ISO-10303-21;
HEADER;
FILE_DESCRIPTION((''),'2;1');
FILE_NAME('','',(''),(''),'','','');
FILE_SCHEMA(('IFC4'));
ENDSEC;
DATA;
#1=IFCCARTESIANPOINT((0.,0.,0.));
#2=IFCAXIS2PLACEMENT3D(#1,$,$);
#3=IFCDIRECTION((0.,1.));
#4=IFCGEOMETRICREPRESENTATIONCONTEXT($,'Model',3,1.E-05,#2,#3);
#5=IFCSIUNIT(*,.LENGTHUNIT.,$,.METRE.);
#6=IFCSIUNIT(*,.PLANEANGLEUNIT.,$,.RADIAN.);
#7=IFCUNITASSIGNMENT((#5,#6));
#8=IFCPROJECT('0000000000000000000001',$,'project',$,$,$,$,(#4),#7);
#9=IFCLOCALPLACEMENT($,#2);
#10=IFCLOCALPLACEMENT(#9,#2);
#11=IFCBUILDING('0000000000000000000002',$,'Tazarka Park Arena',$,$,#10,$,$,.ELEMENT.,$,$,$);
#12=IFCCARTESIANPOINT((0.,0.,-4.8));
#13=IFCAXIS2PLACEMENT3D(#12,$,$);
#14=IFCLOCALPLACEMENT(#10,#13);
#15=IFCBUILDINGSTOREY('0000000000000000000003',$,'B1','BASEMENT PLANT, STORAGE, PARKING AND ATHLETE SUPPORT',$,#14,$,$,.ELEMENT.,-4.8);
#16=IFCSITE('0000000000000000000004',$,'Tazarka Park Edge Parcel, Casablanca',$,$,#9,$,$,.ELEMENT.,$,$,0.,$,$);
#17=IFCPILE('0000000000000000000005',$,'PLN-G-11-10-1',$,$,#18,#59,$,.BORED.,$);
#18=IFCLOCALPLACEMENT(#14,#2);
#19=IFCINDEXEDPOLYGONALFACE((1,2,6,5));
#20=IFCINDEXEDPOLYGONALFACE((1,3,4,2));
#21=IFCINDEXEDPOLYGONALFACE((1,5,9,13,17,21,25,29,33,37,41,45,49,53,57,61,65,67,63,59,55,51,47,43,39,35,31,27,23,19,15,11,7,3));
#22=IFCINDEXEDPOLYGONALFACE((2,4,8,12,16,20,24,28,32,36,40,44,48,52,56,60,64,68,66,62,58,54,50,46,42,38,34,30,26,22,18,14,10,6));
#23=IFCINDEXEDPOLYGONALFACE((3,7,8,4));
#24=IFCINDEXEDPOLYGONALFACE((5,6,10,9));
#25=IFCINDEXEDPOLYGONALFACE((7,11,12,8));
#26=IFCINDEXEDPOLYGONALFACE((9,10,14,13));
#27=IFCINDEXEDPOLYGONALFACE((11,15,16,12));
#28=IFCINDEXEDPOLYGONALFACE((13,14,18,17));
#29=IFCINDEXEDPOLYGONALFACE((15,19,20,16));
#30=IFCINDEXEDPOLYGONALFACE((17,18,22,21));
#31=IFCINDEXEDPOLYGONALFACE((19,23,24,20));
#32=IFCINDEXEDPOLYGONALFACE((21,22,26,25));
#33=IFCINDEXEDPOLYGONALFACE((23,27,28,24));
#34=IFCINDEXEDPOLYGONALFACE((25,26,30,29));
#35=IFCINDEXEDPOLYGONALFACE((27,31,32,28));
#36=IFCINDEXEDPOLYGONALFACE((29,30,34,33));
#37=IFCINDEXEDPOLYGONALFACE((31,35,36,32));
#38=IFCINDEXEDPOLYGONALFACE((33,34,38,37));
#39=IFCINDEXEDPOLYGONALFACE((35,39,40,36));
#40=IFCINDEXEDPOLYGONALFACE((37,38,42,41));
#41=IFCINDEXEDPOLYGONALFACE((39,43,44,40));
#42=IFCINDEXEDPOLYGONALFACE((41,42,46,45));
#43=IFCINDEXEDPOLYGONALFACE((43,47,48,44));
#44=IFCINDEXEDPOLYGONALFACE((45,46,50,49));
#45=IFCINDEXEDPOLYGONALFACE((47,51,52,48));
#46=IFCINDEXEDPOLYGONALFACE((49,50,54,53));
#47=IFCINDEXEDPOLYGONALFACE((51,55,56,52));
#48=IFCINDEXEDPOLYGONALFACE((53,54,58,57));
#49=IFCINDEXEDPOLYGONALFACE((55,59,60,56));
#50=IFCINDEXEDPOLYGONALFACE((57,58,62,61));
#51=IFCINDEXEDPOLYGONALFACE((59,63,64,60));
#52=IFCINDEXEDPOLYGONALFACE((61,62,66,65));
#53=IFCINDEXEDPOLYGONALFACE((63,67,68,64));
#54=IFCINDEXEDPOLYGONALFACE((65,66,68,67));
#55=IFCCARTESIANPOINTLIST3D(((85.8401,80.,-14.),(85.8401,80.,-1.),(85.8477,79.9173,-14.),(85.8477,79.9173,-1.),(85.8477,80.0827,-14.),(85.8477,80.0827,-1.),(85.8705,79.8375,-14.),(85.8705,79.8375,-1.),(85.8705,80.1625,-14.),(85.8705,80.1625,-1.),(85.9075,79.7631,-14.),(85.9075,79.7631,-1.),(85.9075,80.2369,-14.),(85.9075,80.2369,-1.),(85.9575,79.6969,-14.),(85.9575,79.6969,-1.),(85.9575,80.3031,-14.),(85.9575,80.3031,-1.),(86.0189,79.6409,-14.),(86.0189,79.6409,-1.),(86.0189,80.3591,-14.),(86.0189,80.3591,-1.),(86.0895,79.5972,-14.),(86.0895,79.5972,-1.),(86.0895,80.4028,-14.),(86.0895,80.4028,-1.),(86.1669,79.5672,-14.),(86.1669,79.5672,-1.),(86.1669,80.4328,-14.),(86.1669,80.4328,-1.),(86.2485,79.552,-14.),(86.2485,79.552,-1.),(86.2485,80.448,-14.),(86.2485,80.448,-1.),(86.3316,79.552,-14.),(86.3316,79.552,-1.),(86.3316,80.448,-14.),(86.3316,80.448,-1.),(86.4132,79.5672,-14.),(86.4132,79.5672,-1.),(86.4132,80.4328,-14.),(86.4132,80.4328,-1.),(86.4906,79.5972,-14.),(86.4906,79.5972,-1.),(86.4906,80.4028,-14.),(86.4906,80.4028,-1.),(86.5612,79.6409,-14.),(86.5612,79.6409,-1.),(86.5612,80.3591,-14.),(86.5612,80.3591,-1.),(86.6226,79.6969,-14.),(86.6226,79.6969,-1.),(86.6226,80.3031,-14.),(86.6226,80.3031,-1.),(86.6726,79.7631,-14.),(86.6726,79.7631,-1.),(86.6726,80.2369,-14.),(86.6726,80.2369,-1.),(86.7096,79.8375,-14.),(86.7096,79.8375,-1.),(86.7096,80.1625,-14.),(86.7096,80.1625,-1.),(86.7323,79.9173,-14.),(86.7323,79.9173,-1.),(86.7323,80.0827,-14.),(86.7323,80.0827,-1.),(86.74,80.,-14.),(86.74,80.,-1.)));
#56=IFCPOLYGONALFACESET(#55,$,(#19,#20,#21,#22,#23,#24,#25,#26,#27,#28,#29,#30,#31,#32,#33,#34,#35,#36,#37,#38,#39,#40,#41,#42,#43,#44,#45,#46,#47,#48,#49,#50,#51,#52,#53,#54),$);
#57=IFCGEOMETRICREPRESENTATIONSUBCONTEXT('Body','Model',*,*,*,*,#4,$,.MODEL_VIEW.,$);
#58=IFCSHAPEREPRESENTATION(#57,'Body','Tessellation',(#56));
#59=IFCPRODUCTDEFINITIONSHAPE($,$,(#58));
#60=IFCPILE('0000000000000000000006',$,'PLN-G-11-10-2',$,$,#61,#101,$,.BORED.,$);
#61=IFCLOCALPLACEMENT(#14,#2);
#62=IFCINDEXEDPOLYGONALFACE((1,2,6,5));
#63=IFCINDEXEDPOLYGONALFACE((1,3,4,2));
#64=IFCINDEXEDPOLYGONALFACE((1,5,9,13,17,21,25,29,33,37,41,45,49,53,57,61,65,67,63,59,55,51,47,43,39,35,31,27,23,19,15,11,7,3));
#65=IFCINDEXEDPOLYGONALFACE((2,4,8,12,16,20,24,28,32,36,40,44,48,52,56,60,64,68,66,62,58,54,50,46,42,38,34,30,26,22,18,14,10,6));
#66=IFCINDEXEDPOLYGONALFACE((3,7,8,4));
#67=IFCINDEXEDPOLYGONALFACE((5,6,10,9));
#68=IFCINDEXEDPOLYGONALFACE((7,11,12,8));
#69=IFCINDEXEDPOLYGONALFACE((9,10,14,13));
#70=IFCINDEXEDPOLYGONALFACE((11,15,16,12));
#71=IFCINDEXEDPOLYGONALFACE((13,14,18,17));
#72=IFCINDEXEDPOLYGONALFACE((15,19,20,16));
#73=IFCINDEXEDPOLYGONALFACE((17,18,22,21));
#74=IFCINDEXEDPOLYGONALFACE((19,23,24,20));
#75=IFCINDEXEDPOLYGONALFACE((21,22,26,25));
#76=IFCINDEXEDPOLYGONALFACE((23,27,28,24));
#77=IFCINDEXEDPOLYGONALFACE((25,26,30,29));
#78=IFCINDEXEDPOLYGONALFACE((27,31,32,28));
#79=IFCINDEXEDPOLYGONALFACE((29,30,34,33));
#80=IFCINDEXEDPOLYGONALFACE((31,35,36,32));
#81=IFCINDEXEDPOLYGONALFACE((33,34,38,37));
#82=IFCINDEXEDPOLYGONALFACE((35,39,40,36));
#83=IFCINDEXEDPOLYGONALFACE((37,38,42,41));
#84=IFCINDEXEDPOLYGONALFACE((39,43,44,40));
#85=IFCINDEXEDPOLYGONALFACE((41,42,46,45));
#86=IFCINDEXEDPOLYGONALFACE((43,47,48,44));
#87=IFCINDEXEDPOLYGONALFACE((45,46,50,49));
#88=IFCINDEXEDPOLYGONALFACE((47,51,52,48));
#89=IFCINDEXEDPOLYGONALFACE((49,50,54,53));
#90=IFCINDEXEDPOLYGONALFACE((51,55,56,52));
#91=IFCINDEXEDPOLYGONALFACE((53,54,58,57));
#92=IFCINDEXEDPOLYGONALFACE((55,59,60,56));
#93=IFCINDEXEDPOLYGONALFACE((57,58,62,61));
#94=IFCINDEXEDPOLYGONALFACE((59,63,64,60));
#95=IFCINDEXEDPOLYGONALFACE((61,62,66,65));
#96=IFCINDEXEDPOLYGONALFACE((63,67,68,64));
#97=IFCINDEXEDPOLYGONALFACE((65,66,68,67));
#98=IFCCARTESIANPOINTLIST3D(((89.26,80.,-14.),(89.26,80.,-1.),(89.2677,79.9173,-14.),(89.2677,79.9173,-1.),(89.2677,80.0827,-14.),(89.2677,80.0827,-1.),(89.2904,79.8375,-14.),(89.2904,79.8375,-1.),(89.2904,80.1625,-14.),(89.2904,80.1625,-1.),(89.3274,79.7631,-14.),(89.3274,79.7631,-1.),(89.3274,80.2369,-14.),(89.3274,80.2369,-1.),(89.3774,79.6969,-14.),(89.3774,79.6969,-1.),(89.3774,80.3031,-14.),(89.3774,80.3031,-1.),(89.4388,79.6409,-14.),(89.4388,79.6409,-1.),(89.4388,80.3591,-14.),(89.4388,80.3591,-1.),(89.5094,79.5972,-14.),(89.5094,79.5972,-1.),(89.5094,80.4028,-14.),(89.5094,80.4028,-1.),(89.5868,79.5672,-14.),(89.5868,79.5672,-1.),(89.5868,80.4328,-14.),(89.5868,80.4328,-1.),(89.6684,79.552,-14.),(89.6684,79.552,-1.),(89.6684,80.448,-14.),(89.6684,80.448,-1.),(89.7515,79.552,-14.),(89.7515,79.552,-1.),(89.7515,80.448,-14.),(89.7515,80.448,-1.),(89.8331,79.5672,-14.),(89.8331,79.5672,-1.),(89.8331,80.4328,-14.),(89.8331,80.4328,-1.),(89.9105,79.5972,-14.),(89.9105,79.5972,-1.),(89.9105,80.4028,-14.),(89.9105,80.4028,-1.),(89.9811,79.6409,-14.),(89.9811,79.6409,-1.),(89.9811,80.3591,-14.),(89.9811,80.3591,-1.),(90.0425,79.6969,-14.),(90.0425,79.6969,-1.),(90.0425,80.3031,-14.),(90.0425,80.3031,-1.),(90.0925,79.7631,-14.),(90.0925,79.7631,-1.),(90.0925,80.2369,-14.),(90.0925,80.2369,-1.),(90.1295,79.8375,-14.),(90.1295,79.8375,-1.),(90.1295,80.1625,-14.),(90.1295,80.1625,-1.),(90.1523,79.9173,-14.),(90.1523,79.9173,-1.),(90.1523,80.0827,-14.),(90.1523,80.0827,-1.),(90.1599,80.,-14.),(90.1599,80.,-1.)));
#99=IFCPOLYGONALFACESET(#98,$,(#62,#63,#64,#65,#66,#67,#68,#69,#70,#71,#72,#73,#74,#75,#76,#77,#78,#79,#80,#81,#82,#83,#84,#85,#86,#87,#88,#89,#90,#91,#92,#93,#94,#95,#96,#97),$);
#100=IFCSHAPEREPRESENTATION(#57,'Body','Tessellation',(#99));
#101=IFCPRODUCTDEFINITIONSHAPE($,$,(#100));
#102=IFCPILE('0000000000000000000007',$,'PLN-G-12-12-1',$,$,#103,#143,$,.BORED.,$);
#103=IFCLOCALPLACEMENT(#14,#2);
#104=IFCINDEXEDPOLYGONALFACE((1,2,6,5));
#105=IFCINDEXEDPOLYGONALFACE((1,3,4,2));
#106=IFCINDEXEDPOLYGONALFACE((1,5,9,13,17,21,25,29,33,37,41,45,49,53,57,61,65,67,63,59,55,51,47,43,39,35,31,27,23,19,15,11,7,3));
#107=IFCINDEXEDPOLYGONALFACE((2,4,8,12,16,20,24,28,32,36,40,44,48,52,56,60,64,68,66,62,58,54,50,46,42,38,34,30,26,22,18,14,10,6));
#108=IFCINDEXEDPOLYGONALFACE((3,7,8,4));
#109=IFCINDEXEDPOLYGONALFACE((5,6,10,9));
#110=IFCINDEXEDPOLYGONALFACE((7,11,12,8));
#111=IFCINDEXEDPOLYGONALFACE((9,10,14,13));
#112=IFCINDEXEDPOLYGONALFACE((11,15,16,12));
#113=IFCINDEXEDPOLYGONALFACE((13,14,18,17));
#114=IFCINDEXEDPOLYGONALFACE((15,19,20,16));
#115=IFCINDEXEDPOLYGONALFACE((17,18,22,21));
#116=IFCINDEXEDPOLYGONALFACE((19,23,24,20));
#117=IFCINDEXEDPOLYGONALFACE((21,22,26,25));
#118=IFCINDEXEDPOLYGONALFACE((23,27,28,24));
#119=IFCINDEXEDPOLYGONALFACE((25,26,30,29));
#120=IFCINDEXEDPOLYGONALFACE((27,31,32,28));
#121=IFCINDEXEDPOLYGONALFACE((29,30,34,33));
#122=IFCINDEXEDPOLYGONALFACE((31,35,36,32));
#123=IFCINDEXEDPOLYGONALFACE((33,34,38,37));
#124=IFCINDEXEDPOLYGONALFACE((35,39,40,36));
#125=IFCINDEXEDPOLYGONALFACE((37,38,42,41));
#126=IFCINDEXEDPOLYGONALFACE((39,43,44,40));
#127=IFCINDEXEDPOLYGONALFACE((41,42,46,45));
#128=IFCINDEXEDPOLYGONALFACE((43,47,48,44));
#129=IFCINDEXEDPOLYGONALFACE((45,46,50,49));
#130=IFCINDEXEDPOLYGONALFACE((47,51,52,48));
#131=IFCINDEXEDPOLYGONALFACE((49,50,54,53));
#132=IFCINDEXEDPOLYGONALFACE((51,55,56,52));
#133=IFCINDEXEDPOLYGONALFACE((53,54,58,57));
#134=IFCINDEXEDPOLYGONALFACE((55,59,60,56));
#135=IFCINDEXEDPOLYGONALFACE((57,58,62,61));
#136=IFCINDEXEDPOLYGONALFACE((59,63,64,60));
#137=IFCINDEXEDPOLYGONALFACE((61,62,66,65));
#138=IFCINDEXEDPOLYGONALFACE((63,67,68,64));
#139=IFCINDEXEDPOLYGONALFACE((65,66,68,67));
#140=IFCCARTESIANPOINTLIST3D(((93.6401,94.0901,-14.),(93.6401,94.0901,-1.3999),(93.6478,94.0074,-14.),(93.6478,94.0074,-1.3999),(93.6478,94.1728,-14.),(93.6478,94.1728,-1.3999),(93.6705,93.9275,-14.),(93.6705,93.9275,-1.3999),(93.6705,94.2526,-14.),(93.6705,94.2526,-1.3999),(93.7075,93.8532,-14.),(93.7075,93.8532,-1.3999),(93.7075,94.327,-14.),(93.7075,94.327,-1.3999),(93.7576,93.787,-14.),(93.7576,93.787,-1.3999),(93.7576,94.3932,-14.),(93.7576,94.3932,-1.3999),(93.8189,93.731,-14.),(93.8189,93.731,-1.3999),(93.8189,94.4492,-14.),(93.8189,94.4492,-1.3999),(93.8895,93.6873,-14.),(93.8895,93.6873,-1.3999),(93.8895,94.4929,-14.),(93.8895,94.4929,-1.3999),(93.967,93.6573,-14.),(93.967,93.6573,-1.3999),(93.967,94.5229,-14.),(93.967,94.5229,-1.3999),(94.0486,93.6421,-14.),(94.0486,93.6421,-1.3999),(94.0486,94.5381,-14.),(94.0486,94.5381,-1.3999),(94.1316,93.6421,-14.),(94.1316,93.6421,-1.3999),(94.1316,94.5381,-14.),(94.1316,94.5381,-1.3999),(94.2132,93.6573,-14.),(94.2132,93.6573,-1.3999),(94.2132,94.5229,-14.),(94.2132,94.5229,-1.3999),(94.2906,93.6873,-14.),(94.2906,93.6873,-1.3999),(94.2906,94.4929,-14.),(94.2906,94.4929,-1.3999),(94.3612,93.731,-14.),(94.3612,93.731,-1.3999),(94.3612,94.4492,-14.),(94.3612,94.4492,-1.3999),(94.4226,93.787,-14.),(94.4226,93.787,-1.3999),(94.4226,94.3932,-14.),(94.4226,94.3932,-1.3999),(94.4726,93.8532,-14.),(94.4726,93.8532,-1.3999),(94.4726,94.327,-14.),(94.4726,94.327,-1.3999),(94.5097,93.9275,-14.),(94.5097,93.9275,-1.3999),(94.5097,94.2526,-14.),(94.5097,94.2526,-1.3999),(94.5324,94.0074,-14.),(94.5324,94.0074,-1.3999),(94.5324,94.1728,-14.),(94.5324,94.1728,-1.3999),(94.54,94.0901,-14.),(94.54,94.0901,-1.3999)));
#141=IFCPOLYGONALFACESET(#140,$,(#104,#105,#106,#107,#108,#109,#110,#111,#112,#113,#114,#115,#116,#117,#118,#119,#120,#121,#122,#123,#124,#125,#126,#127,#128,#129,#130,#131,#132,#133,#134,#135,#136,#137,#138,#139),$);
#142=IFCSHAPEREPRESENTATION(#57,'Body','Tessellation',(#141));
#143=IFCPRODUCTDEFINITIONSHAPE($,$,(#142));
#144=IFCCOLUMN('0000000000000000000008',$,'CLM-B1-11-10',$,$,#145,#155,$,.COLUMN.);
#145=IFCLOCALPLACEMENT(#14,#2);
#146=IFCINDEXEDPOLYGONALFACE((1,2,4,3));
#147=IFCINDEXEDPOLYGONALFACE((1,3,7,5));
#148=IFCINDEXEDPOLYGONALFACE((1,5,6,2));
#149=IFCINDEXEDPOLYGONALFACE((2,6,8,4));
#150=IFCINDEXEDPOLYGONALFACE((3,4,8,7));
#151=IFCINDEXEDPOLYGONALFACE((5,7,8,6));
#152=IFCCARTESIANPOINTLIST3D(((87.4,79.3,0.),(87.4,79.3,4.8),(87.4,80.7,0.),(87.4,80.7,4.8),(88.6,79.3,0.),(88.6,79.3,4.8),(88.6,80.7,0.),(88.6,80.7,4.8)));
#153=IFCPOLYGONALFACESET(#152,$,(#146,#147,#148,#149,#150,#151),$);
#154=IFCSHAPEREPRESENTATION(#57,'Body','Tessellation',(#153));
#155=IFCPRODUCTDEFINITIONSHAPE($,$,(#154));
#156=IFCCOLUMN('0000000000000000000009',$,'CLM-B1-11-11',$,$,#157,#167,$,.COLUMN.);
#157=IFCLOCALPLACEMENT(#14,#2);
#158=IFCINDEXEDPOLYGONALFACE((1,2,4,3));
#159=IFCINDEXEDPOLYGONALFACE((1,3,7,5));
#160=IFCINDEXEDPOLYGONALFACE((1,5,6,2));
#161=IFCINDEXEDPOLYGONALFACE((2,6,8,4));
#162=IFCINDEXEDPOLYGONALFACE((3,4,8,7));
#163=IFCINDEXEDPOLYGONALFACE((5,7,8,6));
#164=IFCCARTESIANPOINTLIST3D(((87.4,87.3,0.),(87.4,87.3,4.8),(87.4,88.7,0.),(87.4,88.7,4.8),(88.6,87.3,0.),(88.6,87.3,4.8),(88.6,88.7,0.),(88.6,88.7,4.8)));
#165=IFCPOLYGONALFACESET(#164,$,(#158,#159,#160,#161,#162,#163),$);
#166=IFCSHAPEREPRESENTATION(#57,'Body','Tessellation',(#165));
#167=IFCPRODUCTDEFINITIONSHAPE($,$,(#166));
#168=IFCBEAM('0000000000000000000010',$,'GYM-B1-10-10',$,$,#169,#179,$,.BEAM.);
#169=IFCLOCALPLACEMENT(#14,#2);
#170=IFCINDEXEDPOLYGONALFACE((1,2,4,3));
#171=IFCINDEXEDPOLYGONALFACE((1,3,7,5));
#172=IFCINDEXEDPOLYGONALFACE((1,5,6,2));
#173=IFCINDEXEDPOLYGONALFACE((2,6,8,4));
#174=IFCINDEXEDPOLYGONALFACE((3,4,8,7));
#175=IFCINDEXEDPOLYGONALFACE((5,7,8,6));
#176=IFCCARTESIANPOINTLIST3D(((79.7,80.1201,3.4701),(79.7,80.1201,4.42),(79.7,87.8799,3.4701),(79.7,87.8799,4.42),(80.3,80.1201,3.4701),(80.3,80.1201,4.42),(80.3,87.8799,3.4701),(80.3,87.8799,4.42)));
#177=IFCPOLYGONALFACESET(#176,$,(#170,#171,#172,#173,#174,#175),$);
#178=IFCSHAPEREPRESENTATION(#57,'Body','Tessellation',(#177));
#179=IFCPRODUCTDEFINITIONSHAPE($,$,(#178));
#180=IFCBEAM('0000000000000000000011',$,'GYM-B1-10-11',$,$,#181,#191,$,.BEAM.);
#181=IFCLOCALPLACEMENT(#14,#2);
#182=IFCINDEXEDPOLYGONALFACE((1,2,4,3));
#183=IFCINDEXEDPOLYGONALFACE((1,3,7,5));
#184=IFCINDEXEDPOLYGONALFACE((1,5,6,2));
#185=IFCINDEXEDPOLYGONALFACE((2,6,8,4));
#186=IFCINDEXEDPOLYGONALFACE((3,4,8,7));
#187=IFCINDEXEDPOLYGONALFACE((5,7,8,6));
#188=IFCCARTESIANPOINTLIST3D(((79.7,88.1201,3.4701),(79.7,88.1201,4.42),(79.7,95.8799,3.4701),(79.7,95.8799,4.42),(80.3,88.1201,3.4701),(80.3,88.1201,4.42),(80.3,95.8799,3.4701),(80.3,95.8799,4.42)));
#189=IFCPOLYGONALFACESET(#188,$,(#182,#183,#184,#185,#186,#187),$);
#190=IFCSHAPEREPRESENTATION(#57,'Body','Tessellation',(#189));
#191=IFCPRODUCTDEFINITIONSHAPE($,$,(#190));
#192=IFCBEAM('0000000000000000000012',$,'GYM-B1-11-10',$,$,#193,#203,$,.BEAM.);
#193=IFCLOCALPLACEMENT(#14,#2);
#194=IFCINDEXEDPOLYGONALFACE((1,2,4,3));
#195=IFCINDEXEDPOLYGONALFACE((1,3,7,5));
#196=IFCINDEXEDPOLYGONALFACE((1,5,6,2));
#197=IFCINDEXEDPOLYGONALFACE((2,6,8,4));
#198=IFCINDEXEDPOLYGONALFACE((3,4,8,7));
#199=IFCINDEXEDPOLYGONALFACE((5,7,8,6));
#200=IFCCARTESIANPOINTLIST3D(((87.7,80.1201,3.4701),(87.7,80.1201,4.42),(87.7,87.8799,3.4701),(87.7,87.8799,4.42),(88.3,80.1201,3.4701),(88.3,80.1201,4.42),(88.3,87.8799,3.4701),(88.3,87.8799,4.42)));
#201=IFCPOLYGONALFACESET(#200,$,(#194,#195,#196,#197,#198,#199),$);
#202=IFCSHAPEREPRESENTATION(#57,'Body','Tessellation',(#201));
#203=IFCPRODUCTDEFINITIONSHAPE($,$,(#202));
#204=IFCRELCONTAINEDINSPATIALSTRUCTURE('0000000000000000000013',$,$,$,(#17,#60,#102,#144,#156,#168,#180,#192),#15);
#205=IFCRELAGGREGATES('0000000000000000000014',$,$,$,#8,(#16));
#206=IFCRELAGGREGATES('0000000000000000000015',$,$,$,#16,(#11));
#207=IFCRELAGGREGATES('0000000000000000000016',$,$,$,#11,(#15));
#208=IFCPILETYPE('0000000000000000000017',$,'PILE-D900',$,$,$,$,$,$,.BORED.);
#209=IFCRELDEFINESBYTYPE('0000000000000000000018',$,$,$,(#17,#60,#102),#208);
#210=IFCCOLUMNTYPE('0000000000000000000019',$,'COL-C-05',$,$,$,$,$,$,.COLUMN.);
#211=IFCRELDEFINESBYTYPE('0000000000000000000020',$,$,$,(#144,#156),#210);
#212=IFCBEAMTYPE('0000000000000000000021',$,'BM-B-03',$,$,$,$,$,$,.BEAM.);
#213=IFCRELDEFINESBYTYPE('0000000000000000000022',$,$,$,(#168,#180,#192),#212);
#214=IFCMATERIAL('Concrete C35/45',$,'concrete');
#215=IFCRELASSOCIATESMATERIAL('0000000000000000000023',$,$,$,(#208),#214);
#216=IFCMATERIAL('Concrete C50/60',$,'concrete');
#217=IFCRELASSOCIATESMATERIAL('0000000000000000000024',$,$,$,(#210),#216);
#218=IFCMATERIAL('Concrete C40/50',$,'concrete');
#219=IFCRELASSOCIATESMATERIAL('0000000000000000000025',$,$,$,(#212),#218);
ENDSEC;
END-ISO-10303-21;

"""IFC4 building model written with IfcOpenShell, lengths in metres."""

from ifc_helpers import new_model, si_unit, direction, frame, origin, origin_2d, place, context, subcontext, project, spatial, rectangle, circle, extrude, material, material_profile, profile_set, type_object, element, save


model = new_model("IFC4")

# Units and contexts
model_context = context("Model", 3, precision=1e-05, world=origin(), true_north=direction((0.0, 1.0)))
body_context = subcontext(model_context, "Body", "Model", "MODEL_VIEW")
ifc_project = project(units=[si_unit("LENGTHUNIT", "METRE"), si_unit("PLANEANGLEUNIT", "RADIAN")], contexts=[model_context])

# Site, building, storey
site_placement = place(None, origin())
site = spatial("IfcSite", under=ifc_project, at=site_placement, Name="Tazarka Park Edge Parcel, Casablanca", CompositionType="ELEMENT", RefElevation=0.0)
building_placement = place(site_placement, origin())
building = spatial("IfcBuilding", under=site, at=building_placement, Name="Tazarka Park Arena", CompositionType="ELEMENT")
storey_placement = place(building_placement, frame((0.0, 0.0, -4.8)))
storey = spatial("IfcBuildingStorey", under=building, at=storey_placement, Name="B1", Description="BASEMENT PLANT, STORAGE, PARKING AND ATHLETE SUPPORT", CompositionType="ELEMENT", Elevation=-4.8)

# Piles
ifc_material_1 = material(Name="Concrete C35/45", Category="concrete")
ifc_material_profile_1 = material_profile(ifc_material_1, circle(Radius=0.45, at=origin_2d()), Name="Concrete C35/45")
ifc_profile_set_1 = profile_set([ifc_material_profile_1], Name="Concrete C35/45")
pile_type_1 = type_object("IfcPileType", Name="PILE-D900", PredefinedType="BORED", material=ifc_profile_set_1)
for number, where, z_axis, x_axis, name in (
    (1, (86.29, 80.0, -1.0), (0.0, 0.0, -1.0), (1.0, 0.0, 0.0), "PLN-G-11-10-1"),
    (2, (89.71, 80.0, -1.0), (0.0, 0.0, -1.0), (1.0, 0.0, 0.0), "PLN-G-11-10-2"),
):
    element("IfcPile", number, at=place(storey_placement, frame(where, z_axis=z_axis, x_axis=x_axis)), inside=storey, type_object=pile_type_1, Name=name, PredefinedType="BORED", context=body_context, shape_type="SweptSolid", body=[
        extrude(circle(Radius=0.45, at=origin_2d()), origin(), (0.0, 0.0, 1.0), 13.0),
    ])
pile_1_placement = place(storey_placement, frame((94.0901, 94.0901, -1.3999), z_axis=(0.0, 0.0, -1.0), x_axis=(1.0, 0.0, 0.0)))
element("IfcPile", 3, at=pile_1_placement, inside=storey, type_object=pile_type_1, Name="PLN-G-12-12-1", PredefinedType="BORED", context=body_context, shape_type="SweptSolid", body=[
    extrude(circle(Radius=0.45, at=origin_2d()), origin(), (0.0, 0.0, 1.0), 12.6001),
])

# Columns
ifc_material_2 = material(Name="Concrete C50/60", Category="concrete")
ifc_material_profile_2 = material_profile(ifc_material_2, rectangle(XDim=1.2, YDim=1.3999, at=origin_2d()), Name="Concrete C50/60")
ifc_profile_set_2 = profile_set([ifc_material_profile_2], Name="Concrete C50/60")
column_type = type_object("IfcColumnType", Name="COL-C-05", PredefinedType="COLUMN", material=ifc_profile_set_2)
for number, where, z_axis, x_axis, name in (
    (4, (88.0, 80.0, 0.0), (0.0, 0.0, 1.0), (1.0, 0.0, 0.0), "CLM-B1-11-10"),
    (5, (88.0, 88.0, 0.0), (0.0, 0.0, 1.0), (1.0, 0.0, 0.0), "CLM-B1-11-11"),
):
    element("IfcColumn", number, at=place(storey_placement, frame(where, z_axis=z_axis, x_axis=x_axis)), inside=storey, type_object=column_type, Name=name, PredefinedType="COLUMN", context=body_context, shape_type="SweptSolid", body=[
        extrude(rectangle(XDim=1.2, YDim=1.3999, at=origin_2d()), origin(), (0.0, 0.0, 1.0), 4.8),
    ])

# Beams
ifc_material_3 = material(Name="Concrete C40/50", Category="concrete")
ifc_material_profile_3 = material_profile(ifc_material_3, rectangle(XDim=0.6001, YDim=0.95, at=origin_2d()), Name="Concrete C40/50")
ifc_profile_set_3 = profile_set([ifc_material_profile_3], Name="Concrete C40/50")
beam_type_1 = type_object("IfcBeamType", Name="BM-B-03", PredefinedType="BEAM", material=ifc_profile_set_3)
for number, where, z_axis, x_axis, name in (
    (6, (80.0, 80.1201, 3.9451), (0.0, 1.0, 0.0), (-1.0, 0.0, 0.0), "GYM-B1-10-10"),
    (7, (80.0, 88.1201, 3.9451), (0.0, 1.0, 0.0), (-1.0, 0.0, 0.0), "GYM-B1-10-11"),
    (8, (88.0, 80.1201, 3.9451), (0.0, 1.0, 0.0), (-1.0, 0.0, 0.0), "GYM-B1-11-10"),
):
    element("IfcBeam", number, at=place(storey_placement, frame(where, z_axis=z_axis, x_axis=x_axis)), inside=storey, type_object=beam_type_1, Name=name, PredefinedType="BEAM", context=body_context, shape_type="SweptSolid", body=[
        extrude(rectangle(XDim=0.6001, YDim=0.95, at=origin_2d()), origin(), (0.0, 0.0, 1.0), 7.7598),
    ])

save(model, "model.ifc")
